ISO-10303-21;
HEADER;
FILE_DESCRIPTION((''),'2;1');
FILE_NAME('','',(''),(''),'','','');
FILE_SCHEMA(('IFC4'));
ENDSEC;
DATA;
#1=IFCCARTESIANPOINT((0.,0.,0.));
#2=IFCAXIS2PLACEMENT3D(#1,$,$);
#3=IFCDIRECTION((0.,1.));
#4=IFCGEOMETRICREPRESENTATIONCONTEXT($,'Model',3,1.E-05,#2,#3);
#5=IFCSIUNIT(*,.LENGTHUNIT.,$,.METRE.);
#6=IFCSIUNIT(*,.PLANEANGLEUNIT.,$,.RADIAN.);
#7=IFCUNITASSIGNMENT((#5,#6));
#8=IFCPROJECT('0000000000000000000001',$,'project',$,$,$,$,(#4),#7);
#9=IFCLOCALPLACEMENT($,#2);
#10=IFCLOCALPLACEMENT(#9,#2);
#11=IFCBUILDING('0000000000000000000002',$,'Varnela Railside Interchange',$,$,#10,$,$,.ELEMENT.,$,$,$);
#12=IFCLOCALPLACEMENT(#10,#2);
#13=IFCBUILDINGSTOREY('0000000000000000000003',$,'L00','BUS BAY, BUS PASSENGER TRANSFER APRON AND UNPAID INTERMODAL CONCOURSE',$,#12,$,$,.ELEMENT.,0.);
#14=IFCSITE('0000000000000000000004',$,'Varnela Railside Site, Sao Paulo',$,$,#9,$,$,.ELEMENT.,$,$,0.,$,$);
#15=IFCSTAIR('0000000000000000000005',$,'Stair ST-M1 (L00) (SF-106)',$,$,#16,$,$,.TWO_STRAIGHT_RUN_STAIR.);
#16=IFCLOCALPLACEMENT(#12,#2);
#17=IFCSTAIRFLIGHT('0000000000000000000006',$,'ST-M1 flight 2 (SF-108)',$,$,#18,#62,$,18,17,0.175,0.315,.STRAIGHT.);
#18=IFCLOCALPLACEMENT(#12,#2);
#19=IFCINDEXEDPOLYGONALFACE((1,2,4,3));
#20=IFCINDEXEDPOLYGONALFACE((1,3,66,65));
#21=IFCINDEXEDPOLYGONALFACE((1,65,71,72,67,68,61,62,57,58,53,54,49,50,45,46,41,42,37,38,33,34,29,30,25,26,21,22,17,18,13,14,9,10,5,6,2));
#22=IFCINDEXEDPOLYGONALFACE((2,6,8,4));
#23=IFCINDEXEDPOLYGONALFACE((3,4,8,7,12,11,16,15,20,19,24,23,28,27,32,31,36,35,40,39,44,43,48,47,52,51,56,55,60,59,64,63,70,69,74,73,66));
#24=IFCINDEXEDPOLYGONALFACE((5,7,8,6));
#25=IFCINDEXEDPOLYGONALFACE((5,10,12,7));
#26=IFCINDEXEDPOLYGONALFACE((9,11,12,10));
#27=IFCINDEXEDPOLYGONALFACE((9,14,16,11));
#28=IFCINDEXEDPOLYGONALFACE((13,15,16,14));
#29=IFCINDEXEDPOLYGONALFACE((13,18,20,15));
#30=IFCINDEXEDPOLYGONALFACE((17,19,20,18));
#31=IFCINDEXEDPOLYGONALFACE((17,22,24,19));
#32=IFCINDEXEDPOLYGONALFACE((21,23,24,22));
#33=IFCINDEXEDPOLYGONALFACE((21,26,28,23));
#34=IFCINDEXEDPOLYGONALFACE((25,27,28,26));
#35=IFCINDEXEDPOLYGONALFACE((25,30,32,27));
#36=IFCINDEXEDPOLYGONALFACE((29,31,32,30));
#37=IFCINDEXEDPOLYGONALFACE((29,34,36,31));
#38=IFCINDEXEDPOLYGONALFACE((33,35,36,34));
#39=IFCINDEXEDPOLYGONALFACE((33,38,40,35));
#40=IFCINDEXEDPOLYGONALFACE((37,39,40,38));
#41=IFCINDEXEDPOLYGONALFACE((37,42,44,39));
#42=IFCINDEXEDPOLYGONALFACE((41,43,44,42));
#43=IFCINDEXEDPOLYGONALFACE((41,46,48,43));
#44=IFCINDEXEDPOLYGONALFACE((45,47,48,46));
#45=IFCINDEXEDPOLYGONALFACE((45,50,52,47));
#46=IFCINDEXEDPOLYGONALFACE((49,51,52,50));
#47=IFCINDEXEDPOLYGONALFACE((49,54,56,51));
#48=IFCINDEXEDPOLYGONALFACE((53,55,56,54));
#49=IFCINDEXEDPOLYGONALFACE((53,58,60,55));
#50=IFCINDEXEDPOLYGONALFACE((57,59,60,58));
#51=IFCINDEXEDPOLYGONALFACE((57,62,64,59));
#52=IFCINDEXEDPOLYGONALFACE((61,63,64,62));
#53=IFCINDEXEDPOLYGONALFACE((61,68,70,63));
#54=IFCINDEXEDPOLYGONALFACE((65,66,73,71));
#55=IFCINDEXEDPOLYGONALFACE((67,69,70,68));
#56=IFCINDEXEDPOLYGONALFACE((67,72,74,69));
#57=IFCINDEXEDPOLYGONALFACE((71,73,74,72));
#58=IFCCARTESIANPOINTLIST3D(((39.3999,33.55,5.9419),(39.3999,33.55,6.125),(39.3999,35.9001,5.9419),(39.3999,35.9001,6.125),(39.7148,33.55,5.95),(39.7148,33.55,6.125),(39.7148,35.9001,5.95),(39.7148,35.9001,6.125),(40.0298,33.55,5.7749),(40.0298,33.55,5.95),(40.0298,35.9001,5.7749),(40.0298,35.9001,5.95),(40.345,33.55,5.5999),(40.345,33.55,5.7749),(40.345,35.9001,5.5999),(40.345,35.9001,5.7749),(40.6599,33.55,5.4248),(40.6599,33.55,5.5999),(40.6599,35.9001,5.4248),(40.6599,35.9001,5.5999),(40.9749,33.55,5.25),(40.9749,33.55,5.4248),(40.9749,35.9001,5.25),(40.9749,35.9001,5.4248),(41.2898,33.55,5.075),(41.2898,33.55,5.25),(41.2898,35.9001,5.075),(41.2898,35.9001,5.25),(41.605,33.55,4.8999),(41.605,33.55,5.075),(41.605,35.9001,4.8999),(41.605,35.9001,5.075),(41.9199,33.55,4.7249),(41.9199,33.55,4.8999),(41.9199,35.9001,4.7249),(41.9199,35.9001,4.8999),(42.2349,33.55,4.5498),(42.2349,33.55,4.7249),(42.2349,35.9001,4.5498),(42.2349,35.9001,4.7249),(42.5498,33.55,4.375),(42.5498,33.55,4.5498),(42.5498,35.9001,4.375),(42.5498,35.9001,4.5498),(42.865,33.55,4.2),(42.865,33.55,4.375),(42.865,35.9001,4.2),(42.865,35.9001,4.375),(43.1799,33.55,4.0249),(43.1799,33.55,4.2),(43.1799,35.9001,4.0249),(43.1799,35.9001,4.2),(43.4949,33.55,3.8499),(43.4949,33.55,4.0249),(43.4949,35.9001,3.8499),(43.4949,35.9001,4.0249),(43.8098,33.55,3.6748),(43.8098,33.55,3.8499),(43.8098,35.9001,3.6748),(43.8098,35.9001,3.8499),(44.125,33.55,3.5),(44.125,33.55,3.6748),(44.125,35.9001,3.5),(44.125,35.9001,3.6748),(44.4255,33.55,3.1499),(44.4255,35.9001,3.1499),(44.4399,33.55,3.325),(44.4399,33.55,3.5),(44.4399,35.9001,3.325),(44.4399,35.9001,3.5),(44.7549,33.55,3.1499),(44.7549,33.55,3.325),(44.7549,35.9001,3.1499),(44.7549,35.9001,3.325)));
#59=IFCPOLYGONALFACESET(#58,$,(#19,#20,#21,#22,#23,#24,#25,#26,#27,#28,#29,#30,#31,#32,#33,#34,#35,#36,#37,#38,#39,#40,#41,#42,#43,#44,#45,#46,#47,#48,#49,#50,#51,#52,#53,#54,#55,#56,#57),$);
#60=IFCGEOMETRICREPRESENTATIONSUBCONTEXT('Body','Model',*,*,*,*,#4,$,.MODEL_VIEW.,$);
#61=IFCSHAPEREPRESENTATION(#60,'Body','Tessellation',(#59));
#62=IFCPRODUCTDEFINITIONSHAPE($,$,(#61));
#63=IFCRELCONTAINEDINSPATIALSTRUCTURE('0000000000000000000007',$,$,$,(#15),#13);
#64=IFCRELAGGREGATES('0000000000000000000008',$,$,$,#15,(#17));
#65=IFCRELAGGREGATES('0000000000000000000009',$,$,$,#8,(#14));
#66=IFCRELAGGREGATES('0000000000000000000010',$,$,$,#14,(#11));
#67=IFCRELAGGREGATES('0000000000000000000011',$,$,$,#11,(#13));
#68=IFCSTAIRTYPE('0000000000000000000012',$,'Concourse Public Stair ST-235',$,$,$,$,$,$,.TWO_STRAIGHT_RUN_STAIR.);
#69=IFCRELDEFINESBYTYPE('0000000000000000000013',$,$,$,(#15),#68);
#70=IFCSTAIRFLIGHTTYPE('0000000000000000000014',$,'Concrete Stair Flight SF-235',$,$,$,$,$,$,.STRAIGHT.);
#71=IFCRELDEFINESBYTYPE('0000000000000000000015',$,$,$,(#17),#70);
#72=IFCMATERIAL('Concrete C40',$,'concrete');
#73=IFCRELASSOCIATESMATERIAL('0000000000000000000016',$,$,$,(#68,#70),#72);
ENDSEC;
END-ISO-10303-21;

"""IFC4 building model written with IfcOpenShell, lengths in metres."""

from ifc_helpers import new_model, si_unit, direction, frame, origin, place, context, subcontext, project, spatial, polyline, outline, extrude, material, type_object, element, aggregate, save


model = new_model("IFC4")

# Units and contexts
model_context = context("Model", 3, precision=1e-05, world=origin(), true_north=direction((0.0, 1.0)))
body_context = subcontext(model_context, "Body", "Model", "MODEL_VIEW")
ifc_project = project(units=[si_unit("LENGTHUNIT", "METRE"), si_unit("PLANEANGLEUNIT", "RADIAN")], contexts=[model_context])

# Site, building, storey
site_placement = place(None, origin())
site = spatial("IfcSite", under=ifc_project, at=site_placement, Name="Varnela Railside Site, Sao Paulo", CompositionType="ELEMENT", RefElevation=0.0)
building_placement = place(site_placement, origin())
building = spatial("IfcBuilding", under=site, at=building_placement, Name="Varnela Railside Interchange", CompositionType="ELEMENT")
storey_placement = place(building_placement, origin())
storey = spatial("IfcBuildingStorey", under=building, at=storey_placement, Name="L00", Description="BUS BAY, BUS PASSENGER TRANSFER APRON AND UNPAID INTERMODAL CONCOURSE", CompositionType="ELEMENT", Elevation=0.0)

# Shared definitions
ifc_material_1 = material(Name="Concrete C40", Category="concrete")

# Stair, stair flight
stair_type = type_object("IfcStairType", Name="Concourse Public Stair ST-235", PredefinedType="TWO_STRAIGHT_RUN_STAIR", material=ifc_material_1)
stair_placement = place(storey_placement, origin())
stair = element("IfcStair", 1, at=stair_placement, inside=storey, type_object=stair_type, Name="Stair ST-M1 (L00) (SF-106)", PredefinedType="TWO_STRAIGHT_RUN_STAIR")
stair_flight_type = type_object("IfcStairFlightType", Name="Concrete Stair Flight SF-235", PredefinedType="STRAIGHT", material=ifc_material_1)
stair_flight_placement = place(storey_placement, frame((44.7549, 34.7251, 3.1499), z_axis=(0.0, 0.0, 1.0), x_axis=(-1.0, 0.0, 0.0)))
stair_flight = element("IfcStairFlight", 2, at=stair_flight_placement, type_object=stair_flight_type, Name="ST-M1 flight 2 (SF-108)", NumberOfRisers=18, NumberOfTreads=17, PredefinedType="STRAIGHT", RiserHeight=0.175, TreadLength=0.315, context=body_context, shape_type="SweptSolid", body=[
    extrude(outline(polyline([(0.0, 0.0), (0.0, 0.175), (0.3149, 0.175), (0.3149, 0.3501), (0.6299, 0.3501), (0.6299, 0.5249), (0.9451, 0.5249), (0.9451, 0.7), (1.26, 0.7), (1.26, 0.875), (1.575, 0.875), (1.575, 1.05), (1.8899, 1.05), (1.8899, 1.2251), (2.2051, 1.2251), (2.2051, 1.3999), (2.52, 1.3999), (2.52, 1.575), (2.835, 1.575), (2.835, 1.75), (3.1499, 1.75), (3.1499, 1.925), (3.4651, 1.925), (3.4651, 2.1001), (3.78, 2.1001), (3.78, 2.2749), (4.095, 2.2749), (4.095, 2.45), (4.4099, 2.45), (4.4099, 2.625), (4.7251, 2.625), (4.7251, 2.8), (5.04, 2.8), (5.04, 2.9751), (5.355, 2.9751), (5.355, 3.1499), (5.355, 2.792), (0.3293, 0.0), (0.0, 0.0)])), frame((0.0, 1.175, 0.0), z_axis=(0.0, -1.0, 0.0), x_axis=(1.0, 0.0, 0.0)), (0.0, 0.0, 1.0), 2.3501),
])
aggregate(stair, [stair_flight])

save(model, "model.ifc")
